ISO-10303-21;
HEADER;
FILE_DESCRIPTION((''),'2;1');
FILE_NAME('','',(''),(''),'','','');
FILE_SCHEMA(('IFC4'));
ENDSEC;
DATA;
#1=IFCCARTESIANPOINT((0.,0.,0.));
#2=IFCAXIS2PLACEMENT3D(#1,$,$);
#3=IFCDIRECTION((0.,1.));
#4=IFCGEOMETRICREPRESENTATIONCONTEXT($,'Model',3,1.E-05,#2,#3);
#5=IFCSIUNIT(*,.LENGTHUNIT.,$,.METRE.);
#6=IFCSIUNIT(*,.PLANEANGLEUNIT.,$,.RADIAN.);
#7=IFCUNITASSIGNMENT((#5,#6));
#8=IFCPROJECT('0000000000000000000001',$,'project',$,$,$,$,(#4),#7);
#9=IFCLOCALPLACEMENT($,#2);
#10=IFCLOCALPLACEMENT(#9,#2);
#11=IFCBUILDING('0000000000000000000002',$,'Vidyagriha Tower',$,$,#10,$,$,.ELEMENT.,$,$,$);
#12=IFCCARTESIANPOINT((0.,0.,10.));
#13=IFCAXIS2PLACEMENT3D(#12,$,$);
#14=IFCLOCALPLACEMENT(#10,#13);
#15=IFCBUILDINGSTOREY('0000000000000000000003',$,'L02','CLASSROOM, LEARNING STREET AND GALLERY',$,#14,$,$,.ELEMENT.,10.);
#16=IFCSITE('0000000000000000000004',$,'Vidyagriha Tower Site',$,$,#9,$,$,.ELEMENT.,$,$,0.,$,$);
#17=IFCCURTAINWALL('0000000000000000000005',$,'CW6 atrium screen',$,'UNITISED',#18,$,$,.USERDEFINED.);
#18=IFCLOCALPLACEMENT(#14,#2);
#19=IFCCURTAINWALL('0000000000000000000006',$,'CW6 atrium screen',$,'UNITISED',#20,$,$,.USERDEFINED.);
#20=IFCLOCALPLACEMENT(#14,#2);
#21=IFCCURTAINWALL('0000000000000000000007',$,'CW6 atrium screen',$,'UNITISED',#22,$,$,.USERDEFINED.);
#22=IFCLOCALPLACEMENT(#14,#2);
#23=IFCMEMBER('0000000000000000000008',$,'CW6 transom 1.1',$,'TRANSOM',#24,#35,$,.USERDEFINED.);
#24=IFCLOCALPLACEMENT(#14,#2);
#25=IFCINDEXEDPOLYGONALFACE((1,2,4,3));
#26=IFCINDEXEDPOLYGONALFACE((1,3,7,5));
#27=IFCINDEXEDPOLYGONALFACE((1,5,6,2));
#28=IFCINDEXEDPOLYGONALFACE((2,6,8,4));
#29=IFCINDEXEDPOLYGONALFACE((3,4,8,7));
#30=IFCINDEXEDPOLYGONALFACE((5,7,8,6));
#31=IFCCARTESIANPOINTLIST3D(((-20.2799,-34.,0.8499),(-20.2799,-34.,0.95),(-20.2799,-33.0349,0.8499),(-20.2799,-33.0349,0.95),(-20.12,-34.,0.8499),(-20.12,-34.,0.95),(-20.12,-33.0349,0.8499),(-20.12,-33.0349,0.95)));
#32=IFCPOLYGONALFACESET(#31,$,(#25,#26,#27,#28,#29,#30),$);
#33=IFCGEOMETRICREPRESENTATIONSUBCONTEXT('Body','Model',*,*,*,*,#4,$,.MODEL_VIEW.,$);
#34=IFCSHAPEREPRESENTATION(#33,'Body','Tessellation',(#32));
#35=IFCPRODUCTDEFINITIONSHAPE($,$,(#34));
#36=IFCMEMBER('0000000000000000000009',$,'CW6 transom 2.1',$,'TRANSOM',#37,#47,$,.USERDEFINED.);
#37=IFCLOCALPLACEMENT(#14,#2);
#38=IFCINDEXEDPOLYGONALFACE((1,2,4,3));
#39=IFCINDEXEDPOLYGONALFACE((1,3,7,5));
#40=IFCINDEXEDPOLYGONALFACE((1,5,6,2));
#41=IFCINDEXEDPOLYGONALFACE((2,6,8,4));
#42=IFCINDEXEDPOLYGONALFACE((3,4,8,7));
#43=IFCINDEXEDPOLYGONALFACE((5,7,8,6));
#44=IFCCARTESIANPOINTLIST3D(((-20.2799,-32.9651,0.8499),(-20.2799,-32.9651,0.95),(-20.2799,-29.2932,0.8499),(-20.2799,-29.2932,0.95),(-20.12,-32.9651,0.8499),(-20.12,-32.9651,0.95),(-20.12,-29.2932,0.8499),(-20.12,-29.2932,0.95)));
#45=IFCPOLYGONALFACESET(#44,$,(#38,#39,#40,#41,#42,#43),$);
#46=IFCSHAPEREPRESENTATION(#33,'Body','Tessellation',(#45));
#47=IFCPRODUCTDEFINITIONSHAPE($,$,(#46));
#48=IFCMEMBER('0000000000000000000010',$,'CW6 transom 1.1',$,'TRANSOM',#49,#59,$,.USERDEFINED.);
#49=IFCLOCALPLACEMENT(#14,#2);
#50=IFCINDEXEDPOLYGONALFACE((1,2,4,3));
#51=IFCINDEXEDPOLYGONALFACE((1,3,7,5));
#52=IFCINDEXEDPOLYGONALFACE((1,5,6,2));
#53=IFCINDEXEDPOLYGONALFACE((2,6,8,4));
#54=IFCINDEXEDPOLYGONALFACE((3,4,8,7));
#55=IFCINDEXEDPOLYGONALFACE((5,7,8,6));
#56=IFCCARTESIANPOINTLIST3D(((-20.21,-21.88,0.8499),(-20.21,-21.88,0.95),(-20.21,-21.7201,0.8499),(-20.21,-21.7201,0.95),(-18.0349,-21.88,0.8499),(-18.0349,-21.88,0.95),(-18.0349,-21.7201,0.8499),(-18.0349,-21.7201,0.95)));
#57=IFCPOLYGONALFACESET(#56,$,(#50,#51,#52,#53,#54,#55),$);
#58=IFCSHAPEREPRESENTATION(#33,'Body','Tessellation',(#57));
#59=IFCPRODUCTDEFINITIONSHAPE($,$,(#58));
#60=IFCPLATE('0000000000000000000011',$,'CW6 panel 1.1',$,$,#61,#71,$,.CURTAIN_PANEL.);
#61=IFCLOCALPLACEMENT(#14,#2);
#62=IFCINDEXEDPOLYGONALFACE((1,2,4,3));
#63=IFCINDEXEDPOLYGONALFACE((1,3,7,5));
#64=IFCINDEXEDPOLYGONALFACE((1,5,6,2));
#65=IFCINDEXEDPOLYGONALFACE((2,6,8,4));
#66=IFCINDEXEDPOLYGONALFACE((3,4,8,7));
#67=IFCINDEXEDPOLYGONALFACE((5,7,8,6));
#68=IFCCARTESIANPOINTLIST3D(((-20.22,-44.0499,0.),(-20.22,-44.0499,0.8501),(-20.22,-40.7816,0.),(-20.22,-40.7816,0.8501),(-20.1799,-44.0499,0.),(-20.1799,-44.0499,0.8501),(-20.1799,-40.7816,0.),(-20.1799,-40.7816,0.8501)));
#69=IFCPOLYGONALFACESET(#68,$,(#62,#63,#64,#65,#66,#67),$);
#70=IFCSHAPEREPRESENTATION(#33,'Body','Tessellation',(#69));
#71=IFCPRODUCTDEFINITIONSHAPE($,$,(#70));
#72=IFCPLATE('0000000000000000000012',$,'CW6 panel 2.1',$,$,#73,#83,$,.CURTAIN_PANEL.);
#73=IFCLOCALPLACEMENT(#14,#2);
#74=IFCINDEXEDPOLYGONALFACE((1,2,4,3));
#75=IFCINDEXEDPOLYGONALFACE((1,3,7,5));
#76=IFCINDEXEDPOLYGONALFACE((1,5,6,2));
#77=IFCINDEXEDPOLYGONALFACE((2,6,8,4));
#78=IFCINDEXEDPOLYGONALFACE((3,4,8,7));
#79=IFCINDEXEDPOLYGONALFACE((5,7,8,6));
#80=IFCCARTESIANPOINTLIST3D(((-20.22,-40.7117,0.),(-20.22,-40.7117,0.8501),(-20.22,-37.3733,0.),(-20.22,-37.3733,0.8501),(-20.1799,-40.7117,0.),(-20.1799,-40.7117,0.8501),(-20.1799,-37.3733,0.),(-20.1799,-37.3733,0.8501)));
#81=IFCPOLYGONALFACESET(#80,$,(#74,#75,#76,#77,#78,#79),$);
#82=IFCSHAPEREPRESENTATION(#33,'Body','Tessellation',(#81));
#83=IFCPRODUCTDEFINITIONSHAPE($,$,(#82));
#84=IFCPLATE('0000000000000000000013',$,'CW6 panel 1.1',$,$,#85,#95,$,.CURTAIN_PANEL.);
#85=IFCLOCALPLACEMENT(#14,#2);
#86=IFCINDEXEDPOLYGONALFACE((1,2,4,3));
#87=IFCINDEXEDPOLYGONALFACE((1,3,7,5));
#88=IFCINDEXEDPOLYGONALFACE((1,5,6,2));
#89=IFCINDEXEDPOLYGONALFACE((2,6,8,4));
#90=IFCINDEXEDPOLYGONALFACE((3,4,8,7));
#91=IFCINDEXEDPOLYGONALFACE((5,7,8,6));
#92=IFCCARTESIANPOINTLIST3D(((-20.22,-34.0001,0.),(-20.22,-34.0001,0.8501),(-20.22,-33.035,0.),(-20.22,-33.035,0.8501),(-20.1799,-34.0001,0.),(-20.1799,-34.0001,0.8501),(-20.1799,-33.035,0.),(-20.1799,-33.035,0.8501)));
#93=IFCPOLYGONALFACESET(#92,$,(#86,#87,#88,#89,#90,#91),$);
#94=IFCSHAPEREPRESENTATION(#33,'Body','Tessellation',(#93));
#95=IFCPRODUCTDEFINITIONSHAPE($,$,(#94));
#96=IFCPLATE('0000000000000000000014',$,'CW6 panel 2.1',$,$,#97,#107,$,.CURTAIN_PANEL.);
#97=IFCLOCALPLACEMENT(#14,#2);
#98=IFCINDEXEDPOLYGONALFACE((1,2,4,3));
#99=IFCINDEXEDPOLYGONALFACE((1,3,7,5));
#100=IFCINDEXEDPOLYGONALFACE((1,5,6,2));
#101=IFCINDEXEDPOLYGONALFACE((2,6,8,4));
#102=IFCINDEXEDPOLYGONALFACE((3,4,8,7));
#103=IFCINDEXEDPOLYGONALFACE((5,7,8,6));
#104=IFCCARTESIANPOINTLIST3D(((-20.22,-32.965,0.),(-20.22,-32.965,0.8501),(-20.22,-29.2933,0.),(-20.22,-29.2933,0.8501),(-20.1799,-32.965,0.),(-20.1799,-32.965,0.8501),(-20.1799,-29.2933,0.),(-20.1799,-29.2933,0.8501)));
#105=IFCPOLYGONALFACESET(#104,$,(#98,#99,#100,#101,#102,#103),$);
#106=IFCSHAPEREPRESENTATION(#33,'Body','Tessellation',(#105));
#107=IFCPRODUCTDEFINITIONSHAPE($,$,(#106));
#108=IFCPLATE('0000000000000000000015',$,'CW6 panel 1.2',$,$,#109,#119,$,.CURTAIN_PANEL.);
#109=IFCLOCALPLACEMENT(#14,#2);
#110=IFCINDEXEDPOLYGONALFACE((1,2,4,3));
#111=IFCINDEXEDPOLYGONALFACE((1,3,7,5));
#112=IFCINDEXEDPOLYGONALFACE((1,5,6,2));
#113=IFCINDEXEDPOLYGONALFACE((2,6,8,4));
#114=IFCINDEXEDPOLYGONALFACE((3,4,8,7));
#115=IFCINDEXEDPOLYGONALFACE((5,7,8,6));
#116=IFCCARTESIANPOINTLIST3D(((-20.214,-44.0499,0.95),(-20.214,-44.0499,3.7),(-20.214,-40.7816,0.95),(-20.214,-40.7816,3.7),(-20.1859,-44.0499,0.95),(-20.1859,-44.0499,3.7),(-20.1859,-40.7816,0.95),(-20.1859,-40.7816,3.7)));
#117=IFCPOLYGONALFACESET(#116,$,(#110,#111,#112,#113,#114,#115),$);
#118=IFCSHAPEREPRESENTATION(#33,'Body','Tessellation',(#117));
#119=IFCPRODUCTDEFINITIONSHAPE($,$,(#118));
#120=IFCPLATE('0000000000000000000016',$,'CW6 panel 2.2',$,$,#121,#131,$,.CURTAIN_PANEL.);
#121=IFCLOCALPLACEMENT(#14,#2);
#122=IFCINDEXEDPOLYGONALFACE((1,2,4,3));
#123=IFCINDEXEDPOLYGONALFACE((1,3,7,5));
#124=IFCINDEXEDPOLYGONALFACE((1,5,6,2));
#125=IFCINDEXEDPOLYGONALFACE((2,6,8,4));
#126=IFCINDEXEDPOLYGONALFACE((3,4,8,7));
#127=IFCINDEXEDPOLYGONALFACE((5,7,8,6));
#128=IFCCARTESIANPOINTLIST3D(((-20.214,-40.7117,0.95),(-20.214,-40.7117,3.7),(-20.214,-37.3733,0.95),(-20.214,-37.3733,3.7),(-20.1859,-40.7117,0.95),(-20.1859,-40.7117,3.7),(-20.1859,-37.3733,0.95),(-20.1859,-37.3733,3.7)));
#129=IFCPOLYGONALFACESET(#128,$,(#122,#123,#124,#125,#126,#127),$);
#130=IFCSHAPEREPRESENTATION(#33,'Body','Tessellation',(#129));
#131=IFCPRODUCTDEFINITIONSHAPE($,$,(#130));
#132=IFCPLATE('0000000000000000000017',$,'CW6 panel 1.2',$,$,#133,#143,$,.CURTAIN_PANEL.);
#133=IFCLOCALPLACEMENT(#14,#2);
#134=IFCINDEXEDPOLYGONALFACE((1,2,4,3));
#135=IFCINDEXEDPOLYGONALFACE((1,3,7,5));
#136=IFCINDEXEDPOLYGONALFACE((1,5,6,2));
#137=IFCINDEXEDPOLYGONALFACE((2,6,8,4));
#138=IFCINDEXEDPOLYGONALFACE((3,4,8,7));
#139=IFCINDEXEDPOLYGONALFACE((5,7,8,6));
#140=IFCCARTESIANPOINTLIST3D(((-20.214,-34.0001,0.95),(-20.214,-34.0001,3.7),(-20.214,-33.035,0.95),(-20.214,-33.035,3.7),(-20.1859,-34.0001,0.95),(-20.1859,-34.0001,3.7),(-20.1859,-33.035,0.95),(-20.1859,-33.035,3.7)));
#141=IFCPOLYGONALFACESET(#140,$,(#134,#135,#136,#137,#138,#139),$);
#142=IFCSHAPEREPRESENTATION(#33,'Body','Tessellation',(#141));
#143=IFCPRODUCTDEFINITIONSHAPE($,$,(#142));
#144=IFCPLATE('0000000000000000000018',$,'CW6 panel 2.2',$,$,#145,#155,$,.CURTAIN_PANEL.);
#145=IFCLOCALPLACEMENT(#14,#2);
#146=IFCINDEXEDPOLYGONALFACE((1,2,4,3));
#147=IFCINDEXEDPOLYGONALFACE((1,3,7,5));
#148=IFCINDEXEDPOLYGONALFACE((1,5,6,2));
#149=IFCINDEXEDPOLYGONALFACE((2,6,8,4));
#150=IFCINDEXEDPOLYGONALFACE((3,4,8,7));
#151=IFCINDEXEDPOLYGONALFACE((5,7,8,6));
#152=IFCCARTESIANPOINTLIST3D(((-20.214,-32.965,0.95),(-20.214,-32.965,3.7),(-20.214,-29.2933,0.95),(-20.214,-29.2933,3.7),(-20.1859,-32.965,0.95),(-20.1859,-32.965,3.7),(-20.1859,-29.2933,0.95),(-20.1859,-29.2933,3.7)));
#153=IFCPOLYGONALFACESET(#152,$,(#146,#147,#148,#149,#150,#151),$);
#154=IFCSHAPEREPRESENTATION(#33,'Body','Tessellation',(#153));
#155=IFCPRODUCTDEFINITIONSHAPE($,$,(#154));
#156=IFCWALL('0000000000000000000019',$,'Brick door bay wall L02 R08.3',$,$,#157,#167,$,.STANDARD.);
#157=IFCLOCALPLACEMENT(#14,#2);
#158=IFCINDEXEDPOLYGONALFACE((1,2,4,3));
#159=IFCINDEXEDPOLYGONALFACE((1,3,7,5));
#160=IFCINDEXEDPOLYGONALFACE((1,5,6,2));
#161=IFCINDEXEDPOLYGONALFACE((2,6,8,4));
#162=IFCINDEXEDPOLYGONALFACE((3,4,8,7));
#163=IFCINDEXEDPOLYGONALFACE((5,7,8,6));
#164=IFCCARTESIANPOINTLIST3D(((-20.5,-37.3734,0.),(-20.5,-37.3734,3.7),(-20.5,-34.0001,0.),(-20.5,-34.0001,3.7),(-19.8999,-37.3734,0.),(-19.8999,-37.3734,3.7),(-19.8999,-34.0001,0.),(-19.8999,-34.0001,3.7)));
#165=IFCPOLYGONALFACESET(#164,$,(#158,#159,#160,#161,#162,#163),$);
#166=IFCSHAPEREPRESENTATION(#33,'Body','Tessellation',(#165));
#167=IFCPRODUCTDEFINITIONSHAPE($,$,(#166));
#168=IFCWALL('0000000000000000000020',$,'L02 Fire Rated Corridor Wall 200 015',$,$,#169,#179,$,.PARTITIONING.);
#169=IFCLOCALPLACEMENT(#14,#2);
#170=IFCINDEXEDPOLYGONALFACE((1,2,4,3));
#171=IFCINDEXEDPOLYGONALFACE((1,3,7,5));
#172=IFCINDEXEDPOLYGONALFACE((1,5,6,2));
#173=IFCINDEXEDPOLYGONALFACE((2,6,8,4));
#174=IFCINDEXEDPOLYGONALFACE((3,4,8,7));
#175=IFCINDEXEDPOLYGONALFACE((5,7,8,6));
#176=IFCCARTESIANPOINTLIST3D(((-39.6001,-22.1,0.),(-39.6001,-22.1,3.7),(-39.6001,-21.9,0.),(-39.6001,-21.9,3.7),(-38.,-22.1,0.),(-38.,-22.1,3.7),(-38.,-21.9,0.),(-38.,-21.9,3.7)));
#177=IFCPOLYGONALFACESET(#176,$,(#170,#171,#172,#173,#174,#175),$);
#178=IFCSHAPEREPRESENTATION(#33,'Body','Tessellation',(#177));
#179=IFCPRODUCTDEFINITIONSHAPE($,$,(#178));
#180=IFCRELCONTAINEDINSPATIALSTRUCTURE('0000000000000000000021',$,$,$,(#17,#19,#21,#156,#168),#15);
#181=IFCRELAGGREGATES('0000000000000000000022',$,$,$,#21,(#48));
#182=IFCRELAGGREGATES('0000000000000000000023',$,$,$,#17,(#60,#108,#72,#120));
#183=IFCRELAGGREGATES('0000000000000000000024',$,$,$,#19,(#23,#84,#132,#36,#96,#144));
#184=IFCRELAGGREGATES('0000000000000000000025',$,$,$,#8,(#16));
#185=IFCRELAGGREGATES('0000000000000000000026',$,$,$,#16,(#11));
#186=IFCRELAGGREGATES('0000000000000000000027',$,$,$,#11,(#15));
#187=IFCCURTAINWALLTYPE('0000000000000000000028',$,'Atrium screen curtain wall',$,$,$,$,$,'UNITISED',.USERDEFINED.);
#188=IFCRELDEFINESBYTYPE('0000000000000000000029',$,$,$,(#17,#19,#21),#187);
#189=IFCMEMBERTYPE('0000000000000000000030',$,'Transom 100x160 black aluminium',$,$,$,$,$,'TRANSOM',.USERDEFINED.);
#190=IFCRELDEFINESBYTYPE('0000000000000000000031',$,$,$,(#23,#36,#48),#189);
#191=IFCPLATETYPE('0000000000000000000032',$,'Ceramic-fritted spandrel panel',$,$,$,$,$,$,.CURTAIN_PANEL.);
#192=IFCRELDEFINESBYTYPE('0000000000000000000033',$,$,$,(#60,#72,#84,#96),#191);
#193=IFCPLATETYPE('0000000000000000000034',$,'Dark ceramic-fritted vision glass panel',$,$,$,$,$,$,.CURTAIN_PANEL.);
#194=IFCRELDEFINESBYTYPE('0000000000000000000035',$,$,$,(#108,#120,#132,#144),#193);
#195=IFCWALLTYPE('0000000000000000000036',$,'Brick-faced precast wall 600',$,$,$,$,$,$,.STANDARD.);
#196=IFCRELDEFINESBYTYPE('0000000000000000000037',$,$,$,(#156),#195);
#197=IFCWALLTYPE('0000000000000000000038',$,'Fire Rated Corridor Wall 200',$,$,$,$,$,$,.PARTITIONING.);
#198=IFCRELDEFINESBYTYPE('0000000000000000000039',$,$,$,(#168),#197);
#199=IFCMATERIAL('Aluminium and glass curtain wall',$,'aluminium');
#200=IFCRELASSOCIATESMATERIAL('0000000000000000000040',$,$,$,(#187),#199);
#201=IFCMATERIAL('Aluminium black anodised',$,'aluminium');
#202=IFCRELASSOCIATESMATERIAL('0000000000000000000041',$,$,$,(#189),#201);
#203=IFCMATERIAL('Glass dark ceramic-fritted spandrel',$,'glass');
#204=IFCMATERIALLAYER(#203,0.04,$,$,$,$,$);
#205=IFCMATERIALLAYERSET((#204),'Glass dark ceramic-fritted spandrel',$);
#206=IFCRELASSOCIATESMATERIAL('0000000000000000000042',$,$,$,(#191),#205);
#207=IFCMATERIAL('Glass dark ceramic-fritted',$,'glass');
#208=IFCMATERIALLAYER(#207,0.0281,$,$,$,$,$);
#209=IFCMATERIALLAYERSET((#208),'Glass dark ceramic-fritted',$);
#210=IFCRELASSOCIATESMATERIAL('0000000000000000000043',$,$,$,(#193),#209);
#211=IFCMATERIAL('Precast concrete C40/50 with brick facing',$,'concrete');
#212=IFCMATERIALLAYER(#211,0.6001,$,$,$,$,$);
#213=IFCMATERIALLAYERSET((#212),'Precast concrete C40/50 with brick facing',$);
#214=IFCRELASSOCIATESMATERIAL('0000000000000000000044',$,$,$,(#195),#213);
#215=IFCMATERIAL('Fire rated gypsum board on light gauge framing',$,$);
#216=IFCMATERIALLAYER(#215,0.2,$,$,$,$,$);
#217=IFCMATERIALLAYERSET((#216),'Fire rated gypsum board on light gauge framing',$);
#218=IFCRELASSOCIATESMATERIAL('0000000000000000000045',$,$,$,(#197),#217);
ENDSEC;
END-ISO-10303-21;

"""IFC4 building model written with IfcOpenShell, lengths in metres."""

from ifc_helpers import new_model, si_unit, direction, frame, frame_2d, origin, origin_2d, place, context, subcontext, project, spatial, rectangle, extrude, material, layer, layer_set, material_profile, profile_set, type_object, element, aggregate, save


model = new_model("IFC4")

# Units and contexts
model_context = context("Model", 3, precision=1e-05, world=origin(), true_north=direction((0.0, 1.0)))
body_context = subcontext(model_context, "Body", "Model", "MODEL_VIEW")
ifc_project = project(units=[si_unit("LENGTHUNIT", "METRE"), si_unit("PLANEANGLEUNIT", "RADIAN")], contexts=[model_context])

# Site, building, storey
site_placement = place(None, origin())
site = spatial("IfcSite", under=ifc_project, at=site_placement, Name="Vidyagriha Tower Site", CompositionType="ELEMENT", RefElevation=0.0)
building_placement = place(site_placement, origin())
building = spatial("IfcBuilding", under=site, at=building_placement, Name="Vidyagriha Tower", CompositionType="ELEMENT")
storey_placement = place(building_placement, frame((0.0, 0.0, 10.0)))
storey = spatial("IfcBuildingStorey", under=building, at=storey_placement, Name="L02", Description="CLASSROOM, LEARNING STREET AND GALLERY", CompositionType="ELEMENT", Elevation=10.0)

# Curtain walls
ifc_material_1 = material(Name="Aluminium and glass curtain wall", Category="aluminium")
curtain_wall_type = type_object("IfcCurtainWallType", Name="Atrium screen curtain wall", ElementType="UNITISED", PredefinedType="USERDEFINED", material=ifc_material_1)
curtain_wall_1_placement = place(storey_placement, origin())
curtain_wall_1 = element("IfcCurtainWall", 1, at=curtain_wall_1_placement, inside=storey, type_object=curtain_wall_type, Name="CW6 atrium screen", ObjectType="UNITISED", PredefinedType="USERDEFINED")
curtain_wall_2_placement = place(storey_placement, origin())
curtain_wall_2 = element("IfcCurtainWall", 2, at=curtain_wall_2_placement, inside=storey, type_object=curtain_wall_type, Name="CW6 atrium screen", ObjectType="UNITISED", PredefinedType="USERDEFINED")
curtain_wall_3_placement = place(storey_placement, origin())
curtain_wall_3 = element("IfcCurtainWall", 3, at=curtain_wall_3_placement, inside=storey, type_object=curtain_wall_type, Name="CW6 atrium screen", ObjectType="UNITISED", PredefinedType="USERDEFINED")

# Members
ifc_material_2 = material(Name="Aluminium black anodised", Category="aluminium")
ifc_material_profile_1 = material_profile(ifc_material_2, rectangle(XDim=0.1599, YDim=0.1001, at=origin_2d()), Name="Transom 100x160 black aluminium")
ifc_profile_set_1 = profile_set([ifc_material_profile_1], Name="Aluminium black anodised")
member_type_1 = type_object("IfcMemberType", Name="Transom 100x160 black aluminium", ElementType="TRANSOM", PredefinedType="USERDEFINED", material=ifc_profile_set_1)
member_1_placement = place(storey_placement, frame((-20.2, -34.0, 0.8999), z_axis=(0.0, 1.0, 0.0), x_axis=(-1.0, 0.0, 0.0)))
member_1 = element("IfcMember", 4, at=member_1_placement, type_object=member_type_1, Name="CW6 transom 1.1", ObjectType="TRANSOM", PredefinedType="USERDEFINED", context=body_context, shape_type="SweptSolid", body=[
    extrude(rectangle(XDim=0.1599, YDim=0.1001, at=origin_2d()), origin(), (0.0, 0.0, 1.0), 0.9651),
])
member_2_placement = place(storey_placement, frame((-20.2, -32.9651, 0.8999), z_axis=(0.0, 1.0, 0.0), x_axis=(-1.0, 0.0, 0.0)))
member_2 = element("IfcMember", 5, at=member_2_placement, type_object=member_type_1, Name="CW6 transom 2.1", ObjectType="TRANSOM", PredefinedType="USERDEFINED", context=body_context, shape_type="SweptSolid", body=[
    extrude(rectangle(XDim=0.1599, YDim=0.1001, at=origin_2d()), origin(), (0.0, 0.0, 1.0), 3.6719),
])
member_3_placement = place(storey_placement, frame((-20.21, -21.8, 0.8999), z_axis=(1.0, 0.0, 0.0), x_axis=(0.0, 1.0, 0.0)))
member_3 = element("IfcMember", 6, at=member_3_placement, type_object=member_type_1, Name="CW6 transom 1.1", ObjectType="TRANSOM", PredefinedType="USERDEFINED", context=body_context, shape_type="SweptSolid", body=[
    extrude(rectangle(XDim=0.1599, YDim=0.1001, at=origin_2d()), origin(), (0.0, 0.0, 1.0), 2.175),
])
aggregate(curtain_wall_3, [member_3])

# Plates
ifc_material_3 = material(Name="Glass dark ceramic-fritted spandrel", Category="glass")
ifc_layer_1 = layer(ifc_material_3, 0.04)
ifc_layer_set_1 = layer_set([ifc_layer_1], Name="Glass dark ceramic-fritted spandrel")
plate_type_1 = type_object("IfcPlateType", Name="Ceramic-fritted spandrel panel", PredefinedType="CURTAIN_PANEL", material=ifc_layer_set_1)
plate_1_placement = place(storey_placement, frame((-20.2, -42.4158, 0.0), z_axis=(0.0, 0.0, 1.0), x_axis=(0.0, 1.0, 0.0)))
plate_1 = element("IfcPlate", 7, at=plate_1_placement, type_object=plate_type_1, Name="CW6 panel 1.1", PredefinedType="CURTAIN_PANEL", context=body_context, shape_type="SweptSolid", body=[
    extrude(rectangle(XDim=3.2683, YDim=0.04, at=origin_2d()), origin(), (0.0, 0.0, 1.0), 0.8501),
])
plate_2_placement = place(storey_placement, frame((-20.2, -39.0425, 0.0), z_axis=(0.0, 0.0, 1.0), x_axis=(0.0, 1.0, 0.0)))
plate_2 = element("IfcPlate", 8, at=plate_2_placement, type_object=plate_type_1, Name="CW6 panel 2.1", PredefinedType="CURTAIN_PANEL", context=body_context, shape_type="SweptSolid", body=[
    extrude(rectangle(XDim=3.3384, YDim=0.04, at=origin_2d()), origin(), (0.0, 0.0, 1.0), 0.8501),
])
plate_3_placement = place(storey_placement, frame((-20.2, -33.5176, 0.0), z_axis=(0.0, 0.0, 1.0), x_axis=(0.0, 1.0, 0.0)))
plate_3 = element("IfcPlate", 9, at=plate_3_placement, type_object=plate_type_1, Name="CW6 panel 1.1", PredefinedType="CURTAIN_PANEL", context=body_context, shape_type="SweptSolid", body=[
    extrude(rectangle(XDim=0.9651, YDim=0.04, at=origin_2d()), origin(), (0.0, 0.0, 1.0), 0.8501),
])
plate_4_placement = place(storey_placement, frame((-20.2, -31.1292, 0.0), z_axis=(0.0, 0.0, 1.0), x_axis=(0.0, 1.0, 0.0)))
plate_4 = element("IfcPlate", 10, at=plate_4_placement, type_object=plate_type_1, Name="CW6 panel 2.1", PredefinedType="CURTAIN_PANEL", context=body_context, shape_type="SweptSolid", body=[
    extrude(rectangle(XDim=3.6716, YDim=0.04, at=origin_2d()), origin(), (0.0, 0.0, 1.0), 0.8501),
])
ifc_material_4 = material(Name="Glass dark ceramic-fritted", Category="glass")
ifc_layer_2 = layer(ifc_material_4, 0.0281)
ifc_layer_set_2 = layer_set([ifc_layer_2], Name="Glass dark ceramic-fritted")
plate_type_2 = type_object("IfcPlateType", Name="Dark ceramic-fritted vision glass panel", PredefinedType="CURTAIN_PANEL", material=ifc_layer_set_2)
plate_5_placement = place(storey_placement, frame((-20.2, -42.4158, 0.95), z_axis=(0.0, 0.0, 1.0), x_axis=(0.0, 1.0, 0.0)))
plate_5 = element("IfcPlate", 11, at=plate_5_placement, type_object=plate_type_2, Name="CW6 panel 1.2", PredefinedType="CURTAIN_PANEL", context=body_context, shape_type="SweptSolid", body=[
    extrude(rectangle(XDim=3.2683, YDim=0.0281, at=origin_2d()), origin(), (0.0, 0.0, 1.0), 2.75),
])
plate_6_placement = place(storey_placement, frame((-20.2, -39.0425, 0.95), z_axis=(0.0, 0.0, 1.0), x_axis=(0.0, 1.0, 0.0)))
plate_6 = element("IfcPlate", 12, at=plate_6_placement, type_object=plate_type_2, Name="CW6 panel 2.2", PredefinedType="CURTAIN_PANEL", context=body_context, shape_type="SweptSolid", body=[
    extrude(rectangle(XDim=3.3384, YDim=0.0281, at=origin_2d()), origin(), (0.0, 0.0, 1.0), 2.75),
])
aggregate(curtain_wall_1, [plate_1, plate_5, plate_2, plate_6])
plate_7_placement = place(storey_placement, frame((-20.2, -33.5176, 0.95), z_axis=(0.0, 0.0, 1.0), x_axis=(0.0, 1.0, 0.0)))
plate_7 = element("IfcPlate", 13, at=plate_7_placement, type_object=plate_type_2, Name="CW6 panel 1.2", PredefinedType="CURTAIN_PANEL", context=body_context, shape_type="SweptSolid", body=[
    extrude(rectangle(XDim=0.9651, YDim=0.0281, at=origin_2d()), origin(), (0.0, 0.0, 1.0), 2.75),
])
plate_8_placement = place(storey_placement, frame((-20.2, -31.1292, 0.95), z_axis=(0.0, 0.0, 1.0), x_axis=(0.0, 1.0, 0.0)))
plate_8 = element("IfcPlate", 14, at=plate_8_placement, type_object=plate_type_2, Name="CW6 panel 2.2", PredefinedType="CURTAIN_PANEL", context=body_context, shape_type="SweptSolid", body=[
    extrude(rectangle(XDim=3.6716, YDim=0.0281, at=origin_2d()), origin(), (0.0, 0.0, 1.0), 2.75),
])
aggregate(curtain_wall_2, [member_1, plate_3, plate_7, member_2, plate_4, plate_8])

# Walls
ifc_material_5 = material(Name="Precast concrete C40/50 with brick facing", Category="concrete")
ifc_layer_3 = layer(ifc_material_5, 0.6001)
ifc_layer_set_3 = layer_set([ifc_layer_3], Name="Precast concrete C40/50 with brick facing")
wall_type_1 = type_object("IfcWallType", Name="Brick-faced precast wall 600", PredefinedType="STANDARD", material=ifc_layer_set_3)
wall_1_placement = place(storey_placement, frame((-20.2, -37.3733, 0.0), z_axis=(0.0, 0.0, 1.0), x_axis=(0.0, 1.0, 0.0)))
element("IfcWall", 15, at=wall_1_placement, inside=storey, type_object=wall_type_1, Name="Brick door bay wall L02 R08.3", PredefinedType="STANDARD", context=body_context, shape_type="SweptSolid", body=[
    extrude(rectangle(XDim=3.3733, YDim=0.6001, at=frame_2d((1.6865, 0.0))), origin(), (0.0, 0.0, 1.0), 3.7),
])
ifc_material_6 = material(Name="Fire rated gypsum board on light gauge framing")
ifc_layer_4 = layer(ifc_material_6, 0.2)
ifc_layer_set_4 = layer_set([ifc_layer_4], Name="Fire rated gypsum board on light gauge framing")
wall_type_2 = type_object("IfcWallType", Name="Fire Rated Corridor Wall 200", PredefinedType="PARTITIONING", material=ifc_layer_set_4)
wall_2_placement = place(storey_placement, frame((-39.6001, -22.0, 0.0)))
element("IfcWall", 16, at=wall_2_placement, inside=storey, type_object=wall_type_2, Name="L02 Fire Rated Corridor Wall 200 015", PredefinedType="PARTITIONING", context=body_context, shape_type="SweptSolid", body=[
    extrude(rectangle(XDim=1.6001, YDim=0.2, at=frame_2d((0.8, 0.0))), origin(), (0.0, 0.0, 1.0), 3.7),
])

save(model, "model.ifc")
